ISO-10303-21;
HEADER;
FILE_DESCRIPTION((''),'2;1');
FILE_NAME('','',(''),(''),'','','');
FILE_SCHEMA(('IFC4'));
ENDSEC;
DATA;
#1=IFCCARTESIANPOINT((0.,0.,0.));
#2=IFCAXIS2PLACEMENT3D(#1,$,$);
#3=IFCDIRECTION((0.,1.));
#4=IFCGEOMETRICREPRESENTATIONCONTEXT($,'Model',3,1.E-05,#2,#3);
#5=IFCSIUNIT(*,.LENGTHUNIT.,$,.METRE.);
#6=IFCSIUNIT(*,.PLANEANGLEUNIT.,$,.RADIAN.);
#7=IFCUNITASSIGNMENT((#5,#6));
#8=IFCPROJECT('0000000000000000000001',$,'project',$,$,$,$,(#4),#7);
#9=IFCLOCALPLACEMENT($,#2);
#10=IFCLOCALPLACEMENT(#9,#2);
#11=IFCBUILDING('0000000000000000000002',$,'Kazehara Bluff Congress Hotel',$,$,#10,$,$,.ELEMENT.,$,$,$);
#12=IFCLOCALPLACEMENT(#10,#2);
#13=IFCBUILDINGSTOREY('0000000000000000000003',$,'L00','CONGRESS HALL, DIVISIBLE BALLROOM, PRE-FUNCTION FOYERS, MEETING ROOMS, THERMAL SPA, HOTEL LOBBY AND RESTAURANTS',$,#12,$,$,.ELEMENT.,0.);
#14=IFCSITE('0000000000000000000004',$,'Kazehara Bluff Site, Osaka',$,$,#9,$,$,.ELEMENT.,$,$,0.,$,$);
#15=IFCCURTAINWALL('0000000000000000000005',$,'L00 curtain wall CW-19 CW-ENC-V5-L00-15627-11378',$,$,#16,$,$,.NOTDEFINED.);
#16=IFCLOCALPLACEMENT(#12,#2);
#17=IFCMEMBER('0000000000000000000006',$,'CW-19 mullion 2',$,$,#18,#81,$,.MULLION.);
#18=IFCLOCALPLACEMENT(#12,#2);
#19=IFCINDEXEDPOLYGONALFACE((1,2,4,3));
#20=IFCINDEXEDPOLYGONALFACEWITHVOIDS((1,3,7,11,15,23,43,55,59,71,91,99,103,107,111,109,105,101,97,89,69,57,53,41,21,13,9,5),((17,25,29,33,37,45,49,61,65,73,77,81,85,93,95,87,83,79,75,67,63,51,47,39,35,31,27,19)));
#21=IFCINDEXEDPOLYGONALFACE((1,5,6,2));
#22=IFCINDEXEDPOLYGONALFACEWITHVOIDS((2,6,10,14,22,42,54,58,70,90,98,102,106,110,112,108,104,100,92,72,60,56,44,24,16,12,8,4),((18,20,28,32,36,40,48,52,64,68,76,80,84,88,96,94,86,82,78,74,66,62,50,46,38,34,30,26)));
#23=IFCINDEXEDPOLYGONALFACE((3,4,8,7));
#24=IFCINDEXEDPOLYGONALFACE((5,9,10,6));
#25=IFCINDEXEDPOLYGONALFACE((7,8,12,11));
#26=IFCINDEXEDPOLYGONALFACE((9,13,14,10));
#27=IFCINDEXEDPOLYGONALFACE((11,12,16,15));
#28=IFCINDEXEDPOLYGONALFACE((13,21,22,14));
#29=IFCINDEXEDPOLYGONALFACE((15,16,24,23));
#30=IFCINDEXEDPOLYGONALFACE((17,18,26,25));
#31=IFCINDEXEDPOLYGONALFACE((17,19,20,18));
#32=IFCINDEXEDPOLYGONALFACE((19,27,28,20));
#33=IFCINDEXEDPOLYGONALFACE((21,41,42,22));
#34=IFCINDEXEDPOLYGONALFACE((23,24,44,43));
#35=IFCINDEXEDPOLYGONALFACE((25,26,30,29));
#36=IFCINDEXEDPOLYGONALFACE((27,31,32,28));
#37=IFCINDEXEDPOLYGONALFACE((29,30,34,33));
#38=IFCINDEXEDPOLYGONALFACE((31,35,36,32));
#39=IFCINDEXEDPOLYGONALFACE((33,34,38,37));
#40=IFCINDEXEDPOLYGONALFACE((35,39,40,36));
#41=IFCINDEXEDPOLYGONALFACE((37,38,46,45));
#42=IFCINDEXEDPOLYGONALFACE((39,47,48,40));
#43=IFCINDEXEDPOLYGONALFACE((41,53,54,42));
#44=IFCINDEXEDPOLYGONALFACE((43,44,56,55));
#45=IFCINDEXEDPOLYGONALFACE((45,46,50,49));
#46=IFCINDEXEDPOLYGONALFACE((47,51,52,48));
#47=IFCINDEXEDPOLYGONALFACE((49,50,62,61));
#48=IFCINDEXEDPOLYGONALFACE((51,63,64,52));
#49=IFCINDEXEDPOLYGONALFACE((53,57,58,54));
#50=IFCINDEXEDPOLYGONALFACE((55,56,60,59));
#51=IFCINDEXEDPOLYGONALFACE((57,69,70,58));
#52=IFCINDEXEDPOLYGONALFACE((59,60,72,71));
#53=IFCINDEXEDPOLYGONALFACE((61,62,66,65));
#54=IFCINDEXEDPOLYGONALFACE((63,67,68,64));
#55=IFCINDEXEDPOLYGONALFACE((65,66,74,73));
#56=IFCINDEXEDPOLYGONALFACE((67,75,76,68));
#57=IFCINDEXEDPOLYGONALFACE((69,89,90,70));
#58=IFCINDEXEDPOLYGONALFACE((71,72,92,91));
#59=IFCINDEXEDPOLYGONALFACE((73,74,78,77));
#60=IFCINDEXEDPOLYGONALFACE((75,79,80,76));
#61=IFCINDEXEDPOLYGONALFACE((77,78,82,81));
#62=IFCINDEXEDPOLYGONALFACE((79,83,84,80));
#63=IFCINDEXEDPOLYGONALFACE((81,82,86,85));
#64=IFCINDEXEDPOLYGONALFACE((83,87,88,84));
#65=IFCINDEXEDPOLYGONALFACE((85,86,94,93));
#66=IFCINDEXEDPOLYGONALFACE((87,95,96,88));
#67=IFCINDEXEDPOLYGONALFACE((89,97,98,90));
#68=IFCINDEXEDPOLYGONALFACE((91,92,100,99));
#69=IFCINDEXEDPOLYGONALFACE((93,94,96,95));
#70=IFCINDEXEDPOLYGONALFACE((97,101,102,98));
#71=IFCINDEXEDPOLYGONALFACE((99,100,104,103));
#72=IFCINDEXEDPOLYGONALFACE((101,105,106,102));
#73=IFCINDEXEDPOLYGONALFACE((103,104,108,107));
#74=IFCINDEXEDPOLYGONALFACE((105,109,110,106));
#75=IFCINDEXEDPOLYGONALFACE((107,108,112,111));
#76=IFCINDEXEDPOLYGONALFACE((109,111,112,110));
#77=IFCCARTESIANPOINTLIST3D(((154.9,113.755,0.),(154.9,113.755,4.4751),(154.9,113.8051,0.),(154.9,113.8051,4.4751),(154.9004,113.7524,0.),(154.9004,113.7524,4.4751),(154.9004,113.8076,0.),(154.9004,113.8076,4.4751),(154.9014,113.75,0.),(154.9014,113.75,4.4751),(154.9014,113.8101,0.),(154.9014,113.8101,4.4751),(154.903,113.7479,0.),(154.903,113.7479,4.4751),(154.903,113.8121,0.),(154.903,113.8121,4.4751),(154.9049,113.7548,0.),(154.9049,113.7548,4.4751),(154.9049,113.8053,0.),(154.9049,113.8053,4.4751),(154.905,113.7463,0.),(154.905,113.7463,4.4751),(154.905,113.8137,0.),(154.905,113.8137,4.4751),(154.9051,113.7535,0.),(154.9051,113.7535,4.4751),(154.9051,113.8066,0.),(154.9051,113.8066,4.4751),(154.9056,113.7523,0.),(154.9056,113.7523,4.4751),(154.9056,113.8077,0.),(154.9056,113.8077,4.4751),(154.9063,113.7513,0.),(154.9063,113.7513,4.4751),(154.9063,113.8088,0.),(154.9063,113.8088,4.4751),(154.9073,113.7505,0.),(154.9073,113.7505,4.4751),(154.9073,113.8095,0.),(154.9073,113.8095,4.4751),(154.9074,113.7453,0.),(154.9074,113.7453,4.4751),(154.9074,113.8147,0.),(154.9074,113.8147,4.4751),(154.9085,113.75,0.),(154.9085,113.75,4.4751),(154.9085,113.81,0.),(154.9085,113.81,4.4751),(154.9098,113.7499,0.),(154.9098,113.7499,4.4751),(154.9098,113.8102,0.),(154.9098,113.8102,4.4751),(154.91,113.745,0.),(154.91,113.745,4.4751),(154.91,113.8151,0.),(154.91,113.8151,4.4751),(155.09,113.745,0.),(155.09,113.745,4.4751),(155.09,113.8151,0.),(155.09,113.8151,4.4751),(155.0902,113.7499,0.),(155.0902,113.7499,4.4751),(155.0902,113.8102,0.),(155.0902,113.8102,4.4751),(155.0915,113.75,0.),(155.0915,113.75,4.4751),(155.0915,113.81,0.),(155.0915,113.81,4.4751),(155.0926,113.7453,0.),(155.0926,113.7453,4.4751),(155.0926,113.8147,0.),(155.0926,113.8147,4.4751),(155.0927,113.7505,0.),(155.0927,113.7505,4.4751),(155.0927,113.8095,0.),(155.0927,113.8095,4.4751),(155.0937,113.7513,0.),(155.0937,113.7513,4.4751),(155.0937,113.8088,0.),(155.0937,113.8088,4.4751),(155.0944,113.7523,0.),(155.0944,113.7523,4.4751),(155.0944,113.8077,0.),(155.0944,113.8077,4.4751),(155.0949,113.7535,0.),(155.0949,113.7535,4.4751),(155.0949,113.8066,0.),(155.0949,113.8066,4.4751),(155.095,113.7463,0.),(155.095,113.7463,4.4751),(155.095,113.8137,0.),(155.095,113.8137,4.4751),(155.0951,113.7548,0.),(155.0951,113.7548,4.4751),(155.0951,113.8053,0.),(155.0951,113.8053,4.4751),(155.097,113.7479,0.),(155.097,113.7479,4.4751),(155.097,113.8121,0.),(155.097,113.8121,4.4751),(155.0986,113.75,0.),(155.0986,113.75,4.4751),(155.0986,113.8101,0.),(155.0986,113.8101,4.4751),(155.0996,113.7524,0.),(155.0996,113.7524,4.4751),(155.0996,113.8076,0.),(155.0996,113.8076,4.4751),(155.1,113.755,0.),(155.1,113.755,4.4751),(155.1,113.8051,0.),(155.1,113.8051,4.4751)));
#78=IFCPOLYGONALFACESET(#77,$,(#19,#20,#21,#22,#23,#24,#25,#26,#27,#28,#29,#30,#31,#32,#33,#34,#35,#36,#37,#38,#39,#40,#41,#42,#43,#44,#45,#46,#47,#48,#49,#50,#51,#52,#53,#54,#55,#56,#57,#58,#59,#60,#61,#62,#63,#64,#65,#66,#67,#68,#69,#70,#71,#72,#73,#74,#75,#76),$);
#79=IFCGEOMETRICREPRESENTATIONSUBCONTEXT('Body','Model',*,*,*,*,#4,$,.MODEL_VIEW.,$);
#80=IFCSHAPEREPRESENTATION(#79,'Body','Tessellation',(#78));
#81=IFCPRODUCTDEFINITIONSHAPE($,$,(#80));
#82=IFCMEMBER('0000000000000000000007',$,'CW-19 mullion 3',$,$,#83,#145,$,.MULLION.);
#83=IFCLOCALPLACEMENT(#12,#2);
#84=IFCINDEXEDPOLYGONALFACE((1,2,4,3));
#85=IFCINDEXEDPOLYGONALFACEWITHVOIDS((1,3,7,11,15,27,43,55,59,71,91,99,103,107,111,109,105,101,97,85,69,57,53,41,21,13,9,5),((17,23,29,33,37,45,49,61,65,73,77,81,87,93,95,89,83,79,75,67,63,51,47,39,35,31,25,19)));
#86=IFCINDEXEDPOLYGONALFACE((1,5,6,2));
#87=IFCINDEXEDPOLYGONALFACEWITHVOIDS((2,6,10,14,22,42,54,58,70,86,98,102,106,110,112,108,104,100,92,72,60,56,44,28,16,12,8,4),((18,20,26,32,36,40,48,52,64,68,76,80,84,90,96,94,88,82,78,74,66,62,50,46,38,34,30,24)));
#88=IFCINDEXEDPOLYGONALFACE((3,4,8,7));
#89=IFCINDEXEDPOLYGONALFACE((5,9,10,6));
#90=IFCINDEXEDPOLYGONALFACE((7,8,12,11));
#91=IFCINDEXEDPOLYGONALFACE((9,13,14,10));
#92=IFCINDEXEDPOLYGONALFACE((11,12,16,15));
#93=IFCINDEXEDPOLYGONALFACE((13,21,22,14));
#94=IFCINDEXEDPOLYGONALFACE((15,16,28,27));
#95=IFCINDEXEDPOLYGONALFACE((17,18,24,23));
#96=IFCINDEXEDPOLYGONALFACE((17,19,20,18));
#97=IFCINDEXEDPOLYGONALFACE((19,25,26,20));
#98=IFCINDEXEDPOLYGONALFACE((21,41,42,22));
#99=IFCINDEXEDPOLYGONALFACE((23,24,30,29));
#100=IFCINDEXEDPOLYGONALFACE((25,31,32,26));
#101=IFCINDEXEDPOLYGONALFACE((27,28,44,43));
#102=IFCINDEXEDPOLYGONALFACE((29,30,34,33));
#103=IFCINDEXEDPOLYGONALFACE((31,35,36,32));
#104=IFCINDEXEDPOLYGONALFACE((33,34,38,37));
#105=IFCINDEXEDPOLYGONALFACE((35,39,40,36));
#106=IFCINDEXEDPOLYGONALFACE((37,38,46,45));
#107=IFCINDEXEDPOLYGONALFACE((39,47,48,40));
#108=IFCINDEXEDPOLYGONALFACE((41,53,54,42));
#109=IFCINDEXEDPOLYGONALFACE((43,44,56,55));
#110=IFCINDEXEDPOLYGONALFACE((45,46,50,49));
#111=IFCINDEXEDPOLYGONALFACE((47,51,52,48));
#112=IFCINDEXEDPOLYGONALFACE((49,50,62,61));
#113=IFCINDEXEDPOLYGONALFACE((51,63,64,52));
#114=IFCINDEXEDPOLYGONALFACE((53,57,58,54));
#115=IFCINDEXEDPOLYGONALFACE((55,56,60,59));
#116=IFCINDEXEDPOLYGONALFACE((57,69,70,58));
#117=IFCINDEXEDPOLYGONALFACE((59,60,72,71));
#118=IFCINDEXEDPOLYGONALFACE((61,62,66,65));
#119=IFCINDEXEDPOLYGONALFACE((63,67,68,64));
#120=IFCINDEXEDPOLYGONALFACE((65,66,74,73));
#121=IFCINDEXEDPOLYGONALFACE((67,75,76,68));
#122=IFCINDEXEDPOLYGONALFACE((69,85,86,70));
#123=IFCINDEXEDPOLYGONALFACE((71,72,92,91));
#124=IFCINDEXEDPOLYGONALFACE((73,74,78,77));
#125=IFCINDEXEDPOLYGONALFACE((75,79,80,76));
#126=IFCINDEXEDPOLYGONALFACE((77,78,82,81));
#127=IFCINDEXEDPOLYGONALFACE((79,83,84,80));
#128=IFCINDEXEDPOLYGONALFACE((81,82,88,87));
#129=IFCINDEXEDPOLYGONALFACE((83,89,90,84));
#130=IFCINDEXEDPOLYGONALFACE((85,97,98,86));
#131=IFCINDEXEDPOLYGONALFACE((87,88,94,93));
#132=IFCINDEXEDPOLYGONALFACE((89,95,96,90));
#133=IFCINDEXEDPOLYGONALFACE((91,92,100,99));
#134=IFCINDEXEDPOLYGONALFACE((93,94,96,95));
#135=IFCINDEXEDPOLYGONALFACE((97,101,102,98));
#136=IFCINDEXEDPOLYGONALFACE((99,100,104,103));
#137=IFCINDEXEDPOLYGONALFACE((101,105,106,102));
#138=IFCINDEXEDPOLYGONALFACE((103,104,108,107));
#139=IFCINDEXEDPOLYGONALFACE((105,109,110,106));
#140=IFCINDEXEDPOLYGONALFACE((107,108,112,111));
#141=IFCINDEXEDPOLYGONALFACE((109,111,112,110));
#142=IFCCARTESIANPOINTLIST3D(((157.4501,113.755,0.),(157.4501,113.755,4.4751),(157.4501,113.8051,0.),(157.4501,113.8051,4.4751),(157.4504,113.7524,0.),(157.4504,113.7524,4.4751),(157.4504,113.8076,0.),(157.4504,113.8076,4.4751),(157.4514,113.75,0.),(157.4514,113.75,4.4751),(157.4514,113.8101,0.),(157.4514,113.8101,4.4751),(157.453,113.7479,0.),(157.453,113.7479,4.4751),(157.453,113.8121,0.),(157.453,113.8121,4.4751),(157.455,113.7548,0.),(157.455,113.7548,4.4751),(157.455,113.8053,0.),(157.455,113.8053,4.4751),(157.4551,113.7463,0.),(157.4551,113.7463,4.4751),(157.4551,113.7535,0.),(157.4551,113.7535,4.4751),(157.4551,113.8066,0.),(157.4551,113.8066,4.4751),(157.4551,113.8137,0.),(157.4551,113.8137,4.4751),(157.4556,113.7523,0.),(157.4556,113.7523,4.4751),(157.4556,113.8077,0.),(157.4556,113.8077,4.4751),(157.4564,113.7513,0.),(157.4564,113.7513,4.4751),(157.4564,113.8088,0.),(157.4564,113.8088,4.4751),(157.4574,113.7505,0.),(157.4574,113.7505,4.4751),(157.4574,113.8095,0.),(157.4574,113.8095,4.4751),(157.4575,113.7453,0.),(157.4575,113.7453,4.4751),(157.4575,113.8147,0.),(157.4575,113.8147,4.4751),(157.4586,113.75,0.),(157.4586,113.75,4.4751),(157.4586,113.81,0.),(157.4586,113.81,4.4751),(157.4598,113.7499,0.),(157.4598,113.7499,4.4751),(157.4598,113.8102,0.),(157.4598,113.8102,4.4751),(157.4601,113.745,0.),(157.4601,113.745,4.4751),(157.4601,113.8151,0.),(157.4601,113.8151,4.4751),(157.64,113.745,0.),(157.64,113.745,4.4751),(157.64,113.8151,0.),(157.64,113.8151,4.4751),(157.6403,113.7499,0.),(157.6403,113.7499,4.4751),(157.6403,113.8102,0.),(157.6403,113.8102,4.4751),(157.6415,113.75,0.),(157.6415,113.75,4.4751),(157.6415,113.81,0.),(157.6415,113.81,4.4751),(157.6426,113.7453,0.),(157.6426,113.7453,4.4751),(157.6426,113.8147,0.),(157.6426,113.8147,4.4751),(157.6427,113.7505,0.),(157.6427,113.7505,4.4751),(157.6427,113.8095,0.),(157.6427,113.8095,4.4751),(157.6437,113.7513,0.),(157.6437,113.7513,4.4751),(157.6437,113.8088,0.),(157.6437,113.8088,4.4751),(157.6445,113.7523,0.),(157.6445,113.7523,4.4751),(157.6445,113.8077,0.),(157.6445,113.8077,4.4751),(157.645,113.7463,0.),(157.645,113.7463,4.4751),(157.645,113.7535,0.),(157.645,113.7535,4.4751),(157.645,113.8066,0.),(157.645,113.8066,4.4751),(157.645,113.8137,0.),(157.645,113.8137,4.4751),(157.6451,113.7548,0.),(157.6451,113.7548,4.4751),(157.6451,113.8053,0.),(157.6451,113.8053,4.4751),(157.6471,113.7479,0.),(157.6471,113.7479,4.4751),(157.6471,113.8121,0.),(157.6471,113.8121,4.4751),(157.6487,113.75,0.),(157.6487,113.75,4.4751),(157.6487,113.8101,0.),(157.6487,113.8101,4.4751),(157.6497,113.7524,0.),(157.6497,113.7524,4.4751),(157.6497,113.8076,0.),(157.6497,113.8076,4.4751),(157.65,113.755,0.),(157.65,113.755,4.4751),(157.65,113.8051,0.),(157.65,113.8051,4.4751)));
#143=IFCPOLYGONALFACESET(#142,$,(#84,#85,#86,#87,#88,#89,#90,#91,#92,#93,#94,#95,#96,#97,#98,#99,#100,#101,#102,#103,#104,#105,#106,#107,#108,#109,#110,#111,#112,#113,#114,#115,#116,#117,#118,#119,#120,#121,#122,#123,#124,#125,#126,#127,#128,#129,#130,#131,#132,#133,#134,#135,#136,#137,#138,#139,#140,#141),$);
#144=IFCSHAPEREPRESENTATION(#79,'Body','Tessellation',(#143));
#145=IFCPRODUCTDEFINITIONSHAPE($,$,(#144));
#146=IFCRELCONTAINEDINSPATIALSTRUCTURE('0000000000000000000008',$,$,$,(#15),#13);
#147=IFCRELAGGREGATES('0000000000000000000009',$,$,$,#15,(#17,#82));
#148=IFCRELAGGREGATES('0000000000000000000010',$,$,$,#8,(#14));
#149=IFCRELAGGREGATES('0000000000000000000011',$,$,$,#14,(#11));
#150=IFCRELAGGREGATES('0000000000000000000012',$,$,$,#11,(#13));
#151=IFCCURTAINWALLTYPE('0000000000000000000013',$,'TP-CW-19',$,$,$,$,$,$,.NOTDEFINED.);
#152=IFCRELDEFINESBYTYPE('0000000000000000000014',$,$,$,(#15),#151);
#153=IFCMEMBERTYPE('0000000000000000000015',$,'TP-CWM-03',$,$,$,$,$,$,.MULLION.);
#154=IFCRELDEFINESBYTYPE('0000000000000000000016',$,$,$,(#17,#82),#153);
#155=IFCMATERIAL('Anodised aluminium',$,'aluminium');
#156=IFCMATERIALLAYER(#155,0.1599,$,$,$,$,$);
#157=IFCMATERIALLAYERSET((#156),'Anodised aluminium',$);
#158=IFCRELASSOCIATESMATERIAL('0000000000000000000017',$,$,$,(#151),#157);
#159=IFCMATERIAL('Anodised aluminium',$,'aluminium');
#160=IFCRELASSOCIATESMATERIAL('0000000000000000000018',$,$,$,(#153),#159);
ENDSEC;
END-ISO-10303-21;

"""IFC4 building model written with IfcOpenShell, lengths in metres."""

from ifc_helpers import new_model, si_unit, direction, frame, origin, origin_2d, place, context, subcontext, project, spatial, hollow_rectangle, extrude, material, layer, layer_set, material_profile, profile_set, type_object, element, aggregate, save


model = new_model("IFC4")

# Units and contexts
model_context = context("Model", 3, precision=1e-05, world=origin(), true_north=direction((0.0, 1.0)))
body_context = subcontext(model_context, "Body", "Model", "MODEL_VIEW")
ifc_project = project(units=[si_unit("LENGTHUNIT", "METRE"), si_unit("PLANEANGLEUNIT", "RADIAN")], contexts=[model_context])

# Site, building, storey
site_placement = place(None, origin())
site = spatial("IfcSite", under=ifc_project, at=site_placement, Name="Kazehara Bluff Site, Osaka", CompositionType="ELEMENT", RefElevation=0.0)
building_placement = place(site_placement, origin())
building = spatial("IfcBuilding", under=site, at=building_placement, Name="Kazehara Bluff Congress Hotel", CompositionType="ELEMENT")
storey_placement = place(building_placement, origin())
storey = spatial("IfcBuildingStorey", under=building, at=storey_placement, Name="L00", Description="CONGRESS HALL, DIVISIBLE BALLROOM, PRE-FUNCTION FOYERS, MEETING ROOMS, THERMAL SPA, HOTEL LOBBY AND RESTAURANTS", CompositionType="ELEMENT", Elevation=0.0)

# Shared definitions
ifc_material_1 = material(Name="Anodised aluminium", Category="aluminium")
ifc_layer_1 = layer(ifc_material_1, 0.1599)
ifc_layer_set_1 = layer_set([ifc_layer_1], Name="Anodised aluminium")
curtain_wall_type = type_object("IfcCurtainWallType", Name="TP-CW-19", PredefinedType="NOTDEFINED", material=ifc_layer_set_1)
ifc_material_2 = material(Name="Anodised aluminium", Category="aluminium")
ifc_material_profile_1 = material_profile(ifc_material_2, hollow_rectangle(XDim=0.0701, YDim=0.2, WallThickness=0.0049, InnerFilletRadius=0.0049, OuterFilletRadius=0.01, at=origin_2d()))
ifc_profile_set_1 = profile_set([ifc_material_profile_1], Name="Anodised aluminium")
member_type_1 = type_object("IfcMemberType", Name="TP-CWM-03", PredefinedType="MULLION", material=ifc_profile_set_1)

# Curtain wall, members
curtain_wall_1_placement = place(storey_placement, origin())
curtain_wall_1 = element("IfcCurtainWall", 1, at=curtain_wall_1_placement, inside=storey, type_object=curtain_wall_type, Name="L00 curtain wall CW-19 CW-ENC-V5-L00-15627-11378", PredefinedType="NOTDEFINED")
member_1_placement = place(storey_placement, frame((155.0, 113.78, 0.0), z_axis=(0.0, 0.0, 1.0), x_axis=(0.0, 1.0, 0.0)))
member_1 = element("IfcMember", 2, at=member_1_placement, type_object=member_type_1, Name="CW-19 mullion 2", PredefinedType="MULLION", context=body_context, shape_type="SweptSolid", body=[
    extrude(hollow_rectangle(XDim=0.0701, YDim=0.2, WallThickness=0.0049, InnerFilletRadius=0.0049, OuterFilletRadius=0.01, at=origin_2d()), origin(), (0.0, 0.0, 1.0), 4.4751),
])
member_2_placement = place(storey_placement, frame((157.55, 113.78, 0.0), z_axis=(0.0, 0.0, 1.0), x_axis=(0.0, 1.0, 0.0)))
member_2 = element("IfcMember", 3, at=member_2_placement, type_object=member_type_1, Name="CW-19 mullion 3", PredefinedType="MULLION", context=body_context, shape_type="SweptSolid", body=[
    extrude(hollow_rectangle(XDim=0.0701, YDim=0.2, WallThickness=0.0049, InnerFilletRadius=0.0049, OuterFilletRadius=0.01, at=origin_2d()), origin(), (0.0, 0.0, 1.0), 4.4751),
])

aggregate(curtain_wall_1, [member_1, member_2])

save(model, "model.ifc")
